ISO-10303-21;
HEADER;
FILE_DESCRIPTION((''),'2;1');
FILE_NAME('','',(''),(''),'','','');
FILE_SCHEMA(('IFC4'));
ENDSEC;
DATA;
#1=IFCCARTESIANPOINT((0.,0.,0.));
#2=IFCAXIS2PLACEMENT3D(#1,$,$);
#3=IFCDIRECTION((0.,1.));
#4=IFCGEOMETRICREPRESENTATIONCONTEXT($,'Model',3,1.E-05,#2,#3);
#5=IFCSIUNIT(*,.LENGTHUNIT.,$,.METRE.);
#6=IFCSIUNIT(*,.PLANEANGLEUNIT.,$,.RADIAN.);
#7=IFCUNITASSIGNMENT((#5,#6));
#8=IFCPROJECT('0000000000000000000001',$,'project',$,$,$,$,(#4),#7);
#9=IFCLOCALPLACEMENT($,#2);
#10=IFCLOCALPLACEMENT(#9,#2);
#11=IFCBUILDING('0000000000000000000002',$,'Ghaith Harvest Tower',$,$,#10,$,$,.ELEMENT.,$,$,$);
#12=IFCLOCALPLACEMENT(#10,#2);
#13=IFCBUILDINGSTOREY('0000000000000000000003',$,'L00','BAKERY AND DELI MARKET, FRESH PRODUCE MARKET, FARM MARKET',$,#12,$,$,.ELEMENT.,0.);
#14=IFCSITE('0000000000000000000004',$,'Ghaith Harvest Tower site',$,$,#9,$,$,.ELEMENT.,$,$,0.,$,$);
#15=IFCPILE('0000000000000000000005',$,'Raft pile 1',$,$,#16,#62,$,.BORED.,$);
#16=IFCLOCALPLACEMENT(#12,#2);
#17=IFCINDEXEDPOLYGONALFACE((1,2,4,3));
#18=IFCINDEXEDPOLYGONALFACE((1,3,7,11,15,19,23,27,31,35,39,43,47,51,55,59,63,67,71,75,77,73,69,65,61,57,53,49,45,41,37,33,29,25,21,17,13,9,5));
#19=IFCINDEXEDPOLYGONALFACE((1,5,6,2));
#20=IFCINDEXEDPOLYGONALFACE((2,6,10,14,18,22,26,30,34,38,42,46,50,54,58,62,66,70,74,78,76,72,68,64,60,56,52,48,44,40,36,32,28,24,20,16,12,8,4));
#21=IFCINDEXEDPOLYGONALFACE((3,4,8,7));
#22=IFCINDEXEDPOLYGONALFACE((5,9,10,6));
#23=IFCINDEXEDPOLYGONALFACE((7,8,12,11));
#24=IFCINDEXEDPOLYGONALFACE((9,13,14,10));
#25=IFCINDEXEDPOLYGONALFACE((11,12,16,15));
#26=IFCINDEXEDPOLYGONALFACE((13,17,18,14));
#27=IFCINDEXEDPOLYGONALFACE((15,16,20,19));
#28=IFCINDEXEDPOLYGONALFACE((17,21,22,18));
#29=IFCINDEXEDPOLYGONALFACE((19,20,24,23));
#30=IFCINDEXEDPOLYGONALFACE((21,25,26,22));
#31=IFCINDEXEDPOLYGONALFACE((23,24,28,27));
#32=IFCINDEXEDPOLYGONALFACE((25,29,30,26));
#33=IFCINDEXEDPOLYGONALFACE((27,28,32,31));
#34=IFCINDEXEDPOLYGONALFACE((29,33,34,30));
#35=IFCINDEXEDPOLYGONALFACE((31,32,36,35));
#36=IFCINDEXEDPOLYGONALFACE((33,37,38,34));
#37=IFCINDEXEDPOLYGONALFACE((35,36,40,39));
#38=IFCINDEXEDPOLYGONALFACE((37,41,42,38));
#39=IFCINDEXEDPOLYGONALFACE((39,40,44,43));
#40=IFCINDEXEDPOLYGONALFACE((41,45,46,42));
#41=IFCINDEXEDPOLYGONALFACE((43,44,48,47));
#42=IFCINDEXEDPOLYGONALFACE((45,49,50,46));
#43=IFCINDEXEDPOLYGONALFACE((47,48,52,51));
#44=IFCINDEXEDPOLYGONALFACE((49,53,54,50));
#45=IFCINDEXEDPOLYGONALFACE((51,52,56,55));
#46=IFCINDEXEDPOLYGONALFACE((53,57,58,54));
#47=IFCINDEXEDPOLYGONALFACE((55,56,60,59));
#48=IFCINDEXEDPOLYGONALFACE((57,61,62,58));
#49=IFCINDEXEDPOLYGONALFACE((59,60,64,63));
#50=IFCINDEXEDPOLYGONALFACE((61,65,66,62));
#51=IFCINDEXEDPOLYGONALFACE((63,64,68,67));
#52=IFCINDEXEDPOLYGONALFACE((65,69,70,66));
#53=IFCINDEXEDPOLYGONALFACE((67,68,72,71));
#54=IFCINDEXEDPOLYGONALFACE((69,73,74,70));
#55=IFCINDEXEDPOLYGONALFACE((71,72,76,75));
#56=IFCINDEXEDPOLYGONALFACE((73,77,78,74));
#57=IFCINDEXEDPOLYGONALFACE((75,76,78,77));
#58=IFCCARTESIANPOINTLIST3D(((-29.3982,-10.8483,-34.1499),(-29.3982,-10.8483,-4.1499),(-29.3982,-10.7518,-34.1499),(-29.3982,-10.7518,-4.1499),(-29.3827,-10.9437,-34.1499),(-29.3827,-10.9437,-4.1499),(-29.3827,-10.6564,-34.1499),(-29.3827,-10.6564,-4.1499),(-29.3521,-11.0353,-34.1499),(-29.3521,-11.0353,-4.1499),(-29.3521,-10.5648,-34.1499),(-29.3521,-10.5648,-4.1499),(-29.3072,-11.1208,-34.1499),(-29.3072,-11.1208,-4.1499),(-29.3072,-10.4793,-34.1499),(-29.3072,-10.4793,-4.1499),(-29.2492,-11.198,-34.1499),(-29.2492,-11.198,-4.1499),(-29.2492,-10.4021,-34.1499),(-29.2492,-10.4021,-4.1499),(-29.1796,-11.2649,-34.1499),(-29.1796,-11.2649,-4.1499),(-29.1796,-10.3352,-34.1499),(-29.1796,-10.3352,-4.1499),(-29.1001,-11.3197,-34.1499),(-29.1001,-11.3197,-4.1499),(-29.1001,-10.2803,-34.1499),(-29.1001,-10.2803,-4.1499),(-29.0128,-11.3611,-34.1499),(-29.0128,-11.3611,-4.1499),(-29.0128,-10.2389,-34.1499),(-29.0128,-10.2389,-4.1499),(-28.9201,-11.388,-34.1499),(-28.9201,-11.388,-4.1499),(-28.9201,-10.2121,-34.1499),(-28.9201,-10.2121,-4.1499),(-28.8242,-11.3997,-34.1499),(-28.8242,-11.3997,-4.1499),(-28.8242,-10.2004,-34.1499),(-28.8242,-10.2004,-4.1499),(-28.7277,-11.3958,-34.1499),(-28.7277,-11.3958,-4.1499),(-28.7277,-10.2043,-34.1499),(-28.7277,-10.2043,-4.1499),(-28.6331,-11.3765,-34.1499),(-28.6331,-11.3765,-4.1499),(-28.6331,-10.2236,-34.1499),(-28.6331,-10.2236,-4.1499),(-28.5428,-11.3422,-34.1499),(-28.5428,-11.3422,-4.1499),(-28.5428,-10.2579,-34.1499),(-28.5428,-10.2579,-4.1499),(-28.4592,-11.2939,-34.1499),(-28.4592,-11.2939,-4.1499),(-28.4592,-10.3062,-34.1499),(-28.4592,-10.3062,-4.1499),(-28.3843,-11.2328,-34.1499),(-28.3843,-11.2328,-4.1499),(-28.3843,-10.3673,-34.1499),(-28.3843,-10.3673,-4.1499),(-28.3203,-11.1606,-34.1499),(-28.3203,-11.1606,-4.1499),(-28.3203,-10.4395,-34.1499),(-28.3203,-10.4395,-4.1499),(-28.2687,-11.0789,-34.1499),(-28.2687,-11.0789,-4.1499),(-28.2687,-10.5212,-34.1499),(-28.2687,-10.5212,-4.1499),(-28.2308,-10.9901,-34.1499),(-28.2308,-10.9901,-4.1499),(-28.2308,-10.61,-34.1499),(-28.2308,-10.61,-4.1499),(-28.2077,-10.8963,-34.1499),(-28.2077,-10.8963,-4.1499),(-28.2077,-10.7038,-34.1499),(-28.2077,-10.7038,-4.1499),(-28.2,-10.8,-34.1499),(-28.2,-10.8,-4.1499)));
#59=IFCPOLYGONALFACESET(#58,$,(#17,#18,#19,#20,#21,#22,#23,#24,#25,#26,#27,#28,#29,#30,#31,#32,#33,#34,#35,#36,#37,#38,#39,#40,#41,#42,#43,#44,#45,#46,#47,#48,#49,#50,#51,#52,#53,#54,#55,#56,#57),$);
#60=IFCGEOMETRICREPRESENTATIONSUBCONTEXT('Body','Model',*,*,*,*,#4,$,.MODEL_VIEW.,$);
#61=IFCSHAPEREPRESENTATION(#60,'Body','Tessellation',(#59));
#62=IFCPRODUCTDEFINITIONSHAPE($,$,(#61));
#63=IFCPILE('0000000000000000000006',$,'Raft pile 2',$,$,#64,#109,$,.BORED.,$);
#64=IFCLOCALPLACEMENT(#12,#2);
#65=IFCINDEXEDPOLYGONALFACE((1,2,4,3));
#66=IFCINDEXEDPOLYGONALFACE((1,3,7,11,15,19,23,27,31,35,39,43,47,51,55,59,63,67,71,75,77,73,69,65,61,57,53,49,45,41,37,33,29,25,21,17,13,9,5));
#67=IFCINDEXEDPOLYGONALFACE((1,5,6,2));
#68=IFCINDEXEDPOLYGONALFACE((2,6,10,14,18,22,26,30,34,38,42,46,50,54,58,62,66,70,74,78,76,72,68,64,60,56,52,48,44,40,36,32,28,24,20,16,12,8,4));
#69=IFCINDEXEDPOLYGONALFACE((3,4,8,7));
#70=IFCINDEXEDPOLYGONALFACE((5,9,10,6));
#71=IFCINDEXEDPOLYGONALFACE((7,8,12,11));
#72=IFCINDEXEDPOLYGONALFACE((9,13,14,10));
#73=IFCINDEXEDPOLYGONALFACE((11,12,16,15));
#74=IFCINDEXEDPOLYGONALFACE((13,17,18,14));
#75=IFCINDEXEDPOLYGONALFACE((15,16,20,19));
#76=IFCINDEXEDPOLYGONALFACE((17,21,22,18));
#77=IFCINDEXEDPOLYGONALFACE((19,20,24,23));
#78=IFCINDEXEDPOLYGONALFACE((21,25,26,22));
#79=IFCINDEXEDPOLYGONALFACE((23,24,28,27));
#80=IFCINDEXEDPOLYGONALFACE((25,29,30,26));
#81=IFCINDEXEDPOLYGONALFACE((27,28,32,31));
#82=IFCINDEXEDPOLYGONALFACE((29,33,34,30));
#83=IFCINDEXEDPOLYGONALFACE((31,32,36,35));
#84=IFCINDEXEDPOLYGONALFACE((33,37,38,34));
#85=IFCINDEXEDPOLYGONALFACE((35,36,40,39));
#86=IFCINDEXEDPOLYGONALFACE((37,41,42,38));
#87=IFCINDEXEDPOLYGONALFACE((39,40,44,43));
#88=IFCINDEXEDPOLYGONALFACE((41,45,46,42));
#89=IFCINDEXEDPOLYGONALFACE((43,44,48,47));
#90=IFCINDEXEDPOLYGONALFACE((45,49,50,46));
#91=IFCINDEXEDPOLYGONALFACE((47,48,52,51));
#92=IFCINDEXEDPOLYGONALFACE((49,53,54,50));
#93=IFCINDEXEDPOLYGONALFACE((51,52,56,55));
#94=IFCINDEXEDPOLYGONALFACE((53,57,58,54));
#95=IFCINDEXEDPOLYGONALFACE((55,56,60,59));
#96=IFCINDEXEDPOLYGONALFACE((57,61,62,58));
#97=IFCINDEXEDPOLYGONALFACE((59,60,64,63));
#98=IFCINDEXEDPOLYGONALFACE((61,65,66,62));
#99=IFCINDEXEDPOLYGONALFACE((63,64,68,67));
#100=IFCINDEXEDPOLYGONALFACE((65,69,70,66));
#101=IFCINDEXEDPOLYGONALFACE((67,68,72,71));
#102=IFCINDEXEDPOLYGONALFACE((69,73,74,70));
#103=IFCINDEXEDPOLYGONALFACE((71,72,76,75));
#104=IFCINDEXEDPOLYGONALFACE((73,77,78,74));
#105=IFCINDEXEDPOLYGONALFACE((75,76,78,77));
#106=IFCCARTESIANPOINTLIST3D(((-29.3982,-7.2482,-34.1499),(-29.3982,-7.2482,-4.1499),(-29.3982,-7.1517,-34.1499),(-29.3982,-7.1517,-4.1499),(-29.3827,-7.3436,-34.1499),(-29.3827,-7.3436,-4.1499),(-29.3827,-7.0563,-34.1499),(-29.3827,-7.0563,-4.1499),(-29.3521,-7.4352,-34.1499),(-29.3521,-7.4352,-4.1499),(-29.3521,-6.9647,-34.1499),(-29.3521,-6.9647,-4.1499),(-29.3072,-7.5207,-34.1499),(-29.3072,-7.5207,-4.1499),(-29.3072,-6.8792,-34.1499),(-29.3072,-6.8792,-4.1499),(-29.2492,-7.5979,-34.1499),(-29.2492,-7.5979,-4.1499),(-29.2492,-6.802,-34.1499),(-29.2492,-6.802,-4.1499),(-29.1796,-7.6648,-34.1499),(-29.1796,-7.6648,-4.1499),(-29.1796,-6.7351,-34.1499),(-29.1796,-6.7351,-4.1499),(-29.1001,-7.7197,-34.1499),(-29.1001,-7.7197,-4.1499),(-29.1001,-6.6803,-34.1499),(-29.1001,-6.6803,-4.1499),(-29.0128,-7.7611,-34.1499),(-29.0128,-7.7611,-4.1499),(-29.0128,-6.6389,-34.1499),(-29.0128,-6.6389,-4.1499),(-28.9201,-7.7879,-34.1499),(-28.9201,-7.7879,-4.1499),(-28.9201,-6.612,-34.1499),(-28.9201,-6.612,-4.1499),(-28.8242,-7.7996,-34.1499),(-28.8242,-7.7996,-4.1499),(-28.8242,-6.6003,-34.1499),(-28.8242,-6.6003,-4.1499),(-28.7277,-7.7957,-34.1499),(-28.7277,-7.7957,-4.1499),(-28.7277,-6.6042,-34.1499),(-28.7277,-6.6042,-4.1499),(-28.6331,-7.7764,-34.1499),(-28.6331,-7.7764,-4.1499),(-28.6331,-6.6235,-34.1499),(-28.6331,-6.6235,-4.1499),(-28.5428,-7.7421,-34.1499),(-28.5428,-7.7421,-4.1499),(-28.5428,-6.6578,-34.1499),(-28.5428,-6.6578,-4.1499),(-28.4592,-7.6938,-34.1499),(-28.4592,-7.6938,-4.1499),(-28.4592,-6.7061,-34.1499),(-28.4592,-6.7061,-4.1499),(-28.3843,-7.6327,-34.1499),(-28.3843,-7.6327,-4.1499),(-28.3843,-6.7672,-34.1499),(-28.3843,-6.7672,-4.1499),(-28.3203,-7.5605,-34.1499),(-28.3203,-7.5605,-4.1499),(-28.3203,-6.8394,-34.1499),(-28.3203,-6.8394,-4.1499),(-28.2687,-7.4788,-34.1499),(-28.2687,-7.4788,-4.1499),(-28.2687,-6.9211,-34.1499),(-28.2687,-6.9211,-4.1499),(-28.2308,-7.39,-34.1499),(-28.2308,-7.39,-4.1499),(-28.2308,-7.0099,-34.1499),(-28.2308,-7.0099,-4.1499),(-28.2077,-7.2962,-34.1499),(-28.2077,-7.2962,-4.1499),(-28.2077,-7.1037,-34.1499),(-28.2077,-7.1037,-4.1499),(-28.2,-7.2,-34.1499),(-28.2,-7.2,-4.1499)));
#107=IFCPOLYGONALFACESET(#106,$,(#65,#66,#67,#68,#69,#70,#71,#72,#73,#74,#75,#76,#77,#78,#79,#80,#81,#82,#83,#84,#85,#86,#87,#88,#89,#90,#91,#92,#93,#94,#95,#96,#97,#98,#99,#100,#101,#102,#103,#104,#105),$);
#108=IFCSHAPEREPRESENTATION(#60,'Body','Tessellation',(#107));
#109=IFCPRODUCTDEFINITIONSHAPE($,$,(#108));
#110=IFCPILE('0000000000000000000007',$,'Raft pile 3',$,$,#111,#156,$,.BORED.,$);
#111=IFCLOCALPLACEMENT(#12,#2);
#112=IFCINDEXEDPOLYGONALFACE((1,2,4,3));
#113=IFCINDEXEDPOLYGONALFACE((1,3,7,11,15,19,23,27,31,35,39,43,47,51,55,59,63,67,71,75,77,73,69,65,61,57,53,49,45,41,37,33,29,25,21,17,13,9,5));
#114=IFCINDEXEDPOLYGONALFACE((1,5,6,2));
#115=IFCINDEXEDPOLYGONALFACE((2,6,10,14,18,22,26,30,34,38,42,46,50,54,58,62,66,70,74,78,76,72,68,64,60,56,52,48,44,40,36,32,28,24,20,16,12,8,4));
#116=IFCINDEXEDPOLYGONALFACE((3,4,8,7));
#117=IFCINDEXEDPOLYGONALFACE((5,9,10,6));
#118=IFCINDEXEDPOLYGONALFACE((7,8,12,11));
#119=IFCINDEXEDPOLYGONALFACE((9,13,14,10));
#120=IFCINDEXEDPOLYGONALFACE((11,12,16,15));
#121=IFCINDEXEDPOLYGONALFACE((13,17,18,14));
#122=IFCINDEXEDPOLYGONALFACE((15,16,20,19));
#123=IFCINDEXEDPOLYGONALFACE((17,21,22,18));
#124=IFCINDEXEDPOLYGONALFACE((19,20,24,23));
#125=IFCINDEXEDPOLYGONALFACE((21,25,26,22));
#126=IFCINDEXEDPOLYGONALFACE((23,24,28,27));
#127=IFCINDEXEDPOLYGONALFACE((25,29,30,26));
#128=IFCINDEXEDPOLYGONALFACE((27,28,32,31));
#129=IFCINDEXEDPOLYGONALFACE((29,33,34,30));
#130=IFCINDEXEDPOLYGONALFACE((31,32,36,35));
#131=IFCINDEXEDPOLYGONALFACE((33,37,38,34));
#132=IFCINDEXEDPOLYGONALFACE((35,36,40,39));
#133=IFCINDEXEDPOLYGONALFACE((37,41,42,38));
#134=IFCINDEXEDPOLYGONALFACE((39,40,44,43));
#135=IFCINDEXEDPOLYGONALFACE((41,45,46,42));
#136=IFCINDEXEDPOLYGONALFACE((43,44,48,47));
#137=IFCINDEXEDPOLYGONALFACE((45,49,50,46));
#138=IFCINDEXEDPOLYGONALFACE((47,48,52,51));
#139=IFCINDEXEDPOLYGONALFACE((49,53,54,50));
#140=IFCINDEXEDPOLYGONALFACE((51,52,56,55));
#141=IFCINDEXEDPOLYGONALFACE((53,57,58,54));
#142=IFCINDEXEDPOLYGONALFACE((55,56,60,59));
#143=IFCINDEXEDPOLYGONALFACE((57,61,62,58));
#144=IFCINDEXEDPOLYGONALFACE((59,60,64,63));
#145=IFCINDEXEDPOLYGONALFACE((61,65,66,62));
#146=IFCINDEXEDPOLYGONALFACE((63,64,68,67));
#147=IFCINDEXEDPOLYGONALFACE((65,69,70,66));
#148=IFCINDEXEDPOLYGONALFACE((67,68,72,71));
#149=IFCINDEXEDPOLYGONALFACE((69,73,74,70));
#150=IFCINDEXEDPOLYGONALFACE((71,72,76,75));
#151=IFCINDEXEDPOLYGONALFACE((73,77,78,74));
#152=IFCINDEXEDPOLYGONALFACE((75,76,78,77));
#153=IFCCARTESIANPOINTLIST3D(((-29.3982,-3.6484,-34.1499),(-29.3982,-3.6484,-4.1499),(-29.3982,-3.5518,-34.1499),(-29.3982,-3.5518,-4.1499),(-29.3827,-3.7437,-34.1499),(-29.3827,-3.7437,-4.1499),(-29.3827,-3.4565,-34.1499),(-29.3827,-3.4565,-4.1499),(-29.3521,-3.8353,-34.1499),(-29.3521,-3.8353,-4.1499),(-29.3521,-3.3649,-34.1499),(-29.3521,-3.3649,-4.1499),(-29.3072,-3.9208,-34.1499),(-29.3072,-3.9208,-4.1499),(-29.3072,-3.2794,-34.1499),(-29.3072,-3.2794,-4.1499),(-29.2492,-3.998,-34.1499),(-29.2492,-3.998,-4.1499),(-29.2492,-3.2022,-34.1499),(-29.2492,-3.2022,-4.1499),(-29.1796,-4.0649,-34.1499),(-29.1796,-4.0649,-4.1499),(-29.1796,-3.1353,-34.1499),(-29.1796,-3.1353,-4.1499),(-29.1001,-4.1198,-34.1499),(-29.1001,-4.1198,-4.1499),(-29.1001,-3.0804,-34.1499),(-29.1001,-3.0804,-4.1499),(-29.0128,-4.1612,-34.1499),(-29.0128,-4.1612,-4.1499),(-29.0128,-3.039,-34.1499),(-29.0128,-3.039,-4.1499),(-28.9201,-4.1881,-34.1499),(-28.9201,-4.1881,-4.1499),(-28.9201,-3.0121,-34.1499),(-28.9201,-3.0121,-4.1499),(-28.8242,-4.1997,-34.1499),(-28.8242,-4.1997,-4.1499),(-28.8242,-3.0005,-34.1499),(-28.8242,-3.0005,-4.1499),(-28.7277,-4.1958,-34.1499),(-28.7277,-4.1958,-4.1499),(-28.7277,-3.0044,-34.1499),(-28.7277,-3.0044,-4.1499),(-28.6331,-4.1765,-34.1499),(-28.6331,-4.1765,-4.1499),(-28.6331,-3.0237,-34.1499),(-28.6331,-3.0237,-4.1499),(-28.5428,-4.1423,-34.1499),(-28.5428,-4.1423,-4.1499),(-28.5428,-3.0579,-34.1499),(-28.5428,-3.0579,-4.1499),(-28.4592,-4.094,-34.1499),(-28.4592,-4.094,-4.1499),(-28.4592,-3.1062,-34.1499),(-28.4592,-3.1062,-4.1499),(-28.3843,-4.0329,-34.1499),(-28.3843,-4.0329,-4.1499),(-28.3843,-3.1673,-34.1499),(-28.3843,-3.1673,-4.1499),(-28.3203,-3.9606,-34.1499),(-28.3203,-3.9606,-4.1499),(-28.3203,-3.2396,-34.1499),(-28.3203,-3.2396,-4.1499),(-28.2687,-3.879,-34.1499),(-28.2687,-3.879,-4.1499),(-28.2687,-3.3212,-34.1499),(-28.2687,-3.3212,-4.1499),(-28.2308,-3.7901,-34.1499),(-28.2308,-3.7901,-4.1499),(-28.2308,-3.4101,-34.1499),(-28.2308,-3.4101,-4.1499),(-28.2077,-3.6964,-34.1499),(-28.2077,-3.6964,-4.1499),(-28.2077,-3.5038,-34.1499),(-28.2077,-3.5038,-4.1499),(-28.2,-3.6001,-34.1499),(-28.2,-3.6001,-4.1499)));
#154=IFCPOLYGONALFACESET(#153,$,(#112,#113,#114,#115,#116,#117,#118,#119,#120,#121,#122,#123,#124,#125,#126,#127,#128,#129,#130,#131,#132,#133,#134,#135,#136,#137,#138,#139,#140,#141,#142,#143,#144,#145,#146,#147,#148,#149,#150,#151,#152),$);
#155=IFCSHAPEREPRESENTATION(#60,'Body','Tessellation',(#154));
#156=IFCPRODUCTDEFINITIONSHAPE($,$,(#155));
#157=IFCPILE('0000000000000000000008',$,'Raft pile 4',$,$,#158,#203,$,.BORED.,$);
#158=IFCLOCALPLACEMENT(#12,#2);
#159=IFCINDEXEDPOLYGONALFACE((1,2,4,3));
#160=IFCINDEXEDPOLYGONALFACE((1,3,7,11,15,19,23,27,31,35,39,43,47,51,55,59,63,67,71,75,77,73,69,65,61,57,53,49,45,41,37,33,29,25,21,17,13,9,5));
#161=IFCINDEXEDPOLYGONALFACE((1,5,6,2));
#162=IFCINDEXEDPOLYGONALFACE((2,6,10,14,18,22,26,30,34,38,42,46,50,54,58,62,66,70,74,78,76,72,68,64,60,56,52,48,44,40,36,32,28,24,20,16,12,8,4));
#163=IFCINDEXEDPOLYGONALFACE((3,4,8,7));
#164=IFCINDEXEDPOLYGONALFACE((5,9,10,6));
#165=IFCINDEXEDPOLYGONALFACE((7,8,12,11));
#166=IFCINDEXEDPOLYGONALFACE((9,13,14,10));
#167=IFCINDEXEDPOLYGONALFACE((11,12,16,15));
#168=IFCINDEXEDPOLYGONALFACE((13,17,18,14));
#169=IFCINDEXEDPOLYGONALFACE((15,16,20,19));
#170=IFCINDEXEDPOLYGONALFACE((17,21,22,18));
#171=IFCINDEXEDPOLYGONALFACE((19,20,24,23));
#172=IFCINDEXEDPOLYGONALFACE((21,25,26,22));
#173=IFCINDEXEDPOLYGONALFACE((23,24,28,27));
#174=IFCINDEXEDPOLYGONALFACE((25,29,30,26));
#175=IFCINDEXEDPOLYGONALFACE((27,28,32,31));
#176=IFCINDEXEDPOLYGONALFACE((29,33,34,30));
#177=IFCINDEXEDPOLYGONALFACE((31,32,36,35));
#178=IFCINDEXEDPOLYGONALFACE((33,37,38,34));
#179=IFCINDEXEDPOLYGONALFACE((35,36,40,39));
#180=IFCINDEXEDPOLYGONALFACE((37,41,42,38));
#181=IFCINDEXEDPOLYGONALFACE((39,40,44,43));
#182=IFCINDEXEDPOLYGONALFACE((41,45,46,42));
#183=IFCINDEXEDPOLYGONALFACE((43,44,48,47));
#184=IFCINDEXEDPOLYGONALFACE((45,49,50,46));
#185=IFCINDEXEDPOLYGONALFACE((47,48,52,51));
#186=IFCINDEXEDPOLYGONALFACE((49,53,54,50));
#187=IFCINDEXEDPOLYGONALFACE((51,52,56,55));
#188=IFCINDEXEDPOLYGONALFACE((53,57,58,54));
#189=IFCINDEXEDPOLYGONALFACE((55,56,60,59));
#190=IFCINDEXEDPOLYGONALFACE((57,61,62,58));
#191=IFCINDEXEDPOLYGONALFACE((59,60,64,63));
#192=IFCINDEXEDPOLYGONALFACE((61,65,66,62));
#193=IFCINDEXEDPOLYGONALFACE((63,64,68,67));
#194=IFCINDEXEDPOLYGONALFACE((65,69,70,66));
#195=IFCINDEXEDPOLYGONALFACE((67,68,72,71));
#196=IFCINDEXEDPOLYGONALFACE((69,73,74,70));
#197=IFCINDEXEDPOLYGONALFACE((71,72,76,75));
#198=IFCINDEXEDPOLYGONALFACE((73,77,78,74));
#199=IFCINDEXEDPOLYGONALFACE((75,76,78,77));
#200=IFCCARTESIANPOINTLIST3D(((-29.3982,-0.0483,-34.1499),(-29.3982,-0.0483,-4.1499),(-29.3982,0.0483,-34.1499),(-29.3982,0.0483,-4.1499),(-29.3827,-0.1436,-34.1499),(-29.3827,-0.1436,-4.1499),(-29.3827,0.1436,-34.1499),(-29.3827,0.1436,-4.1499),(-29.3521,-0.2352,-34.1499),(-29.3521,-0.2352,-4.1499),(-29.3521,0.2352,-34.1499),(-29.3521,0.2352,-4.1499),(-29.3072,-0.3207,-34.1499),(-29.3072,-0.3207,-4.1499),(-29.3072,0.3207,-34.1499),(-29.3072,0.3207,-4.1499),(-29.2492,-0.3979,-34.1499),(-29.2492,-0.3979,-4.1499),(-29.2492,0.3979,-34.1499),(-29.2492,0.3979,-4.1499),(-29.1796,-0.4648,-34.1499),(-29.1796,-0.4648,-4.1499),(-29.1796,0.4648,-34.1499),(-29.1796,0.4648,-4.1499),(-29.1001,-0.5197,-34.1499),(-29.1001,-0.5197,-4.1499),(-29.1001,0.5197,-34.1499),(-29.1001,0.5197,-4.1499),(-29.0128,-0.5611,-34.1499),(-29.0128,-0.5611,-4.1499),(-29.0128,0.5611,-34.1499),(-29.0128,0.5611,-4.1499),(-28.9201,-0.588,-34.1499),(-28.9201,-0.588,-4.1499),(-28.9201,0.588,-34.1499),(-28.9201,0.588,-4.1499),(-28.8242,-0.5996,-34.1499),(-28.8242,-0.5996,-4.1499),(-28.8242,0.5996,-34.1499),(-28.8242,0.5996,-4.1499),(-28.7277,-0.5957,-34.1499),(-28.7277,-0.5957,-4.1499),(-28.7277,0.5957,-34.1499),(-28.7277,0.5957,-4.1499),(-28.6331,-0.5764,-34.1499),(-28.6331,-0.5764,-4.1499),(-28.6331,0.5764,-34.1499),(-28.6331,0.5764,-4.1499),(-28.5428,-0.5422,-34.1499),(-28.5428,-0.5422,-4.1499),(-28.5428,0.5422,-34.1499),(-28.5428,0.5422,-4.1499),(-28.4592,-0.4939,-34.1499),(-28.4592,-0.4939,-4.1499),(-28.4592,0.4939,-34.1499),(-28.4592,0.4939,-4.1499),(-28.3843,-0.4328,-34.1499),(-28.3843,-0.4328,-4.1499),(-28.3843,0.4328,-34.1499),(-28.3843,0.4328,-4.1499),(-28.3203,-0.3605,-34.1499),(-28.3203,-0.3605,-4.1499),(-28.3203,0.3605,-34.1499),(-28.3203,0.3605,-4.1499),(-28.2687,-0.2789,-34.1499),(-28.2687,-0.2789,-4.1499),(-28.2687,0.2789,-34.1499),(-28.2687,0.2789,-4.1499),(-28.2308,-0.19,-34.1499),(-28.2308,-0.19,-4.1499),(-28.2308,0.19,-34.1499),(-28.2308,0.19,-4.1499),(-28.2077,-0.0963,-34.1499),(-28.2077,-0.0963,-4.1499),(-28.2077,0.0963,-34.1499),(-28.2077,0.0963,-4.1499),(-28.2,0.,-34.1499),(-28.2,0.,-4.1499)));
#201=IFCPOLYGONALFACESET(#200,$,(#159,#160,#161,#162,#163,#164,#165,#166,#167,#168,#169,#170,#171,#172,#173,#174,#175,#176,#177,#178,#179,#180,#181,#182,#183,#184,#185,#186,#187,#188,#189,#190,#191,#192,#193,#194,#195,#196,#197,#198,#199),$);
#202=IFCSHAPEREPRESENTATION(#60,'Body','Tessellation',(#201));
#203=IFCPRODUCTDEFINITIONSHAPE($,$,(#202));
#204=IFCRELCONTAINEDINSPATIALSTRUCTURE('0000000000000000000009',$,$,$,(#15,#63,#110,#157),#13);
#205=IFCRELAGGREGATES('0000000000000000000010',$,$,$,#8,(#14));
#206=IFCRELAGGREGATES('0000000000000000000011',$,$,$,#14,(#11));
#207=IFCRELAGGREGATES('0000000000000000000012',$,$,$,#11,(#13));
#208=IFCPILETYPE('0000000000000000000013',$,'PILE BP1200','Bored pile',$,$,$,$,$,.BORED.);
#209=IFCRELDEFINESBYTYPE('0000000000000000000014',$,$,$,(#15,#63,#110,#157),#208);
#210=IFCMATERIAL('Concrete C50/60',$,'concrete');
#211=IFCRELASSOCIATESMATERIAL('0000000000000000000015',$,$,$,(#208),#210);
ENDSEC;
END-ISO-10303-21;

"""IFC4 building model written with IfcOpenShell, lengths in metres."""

from ifc_helpers import new_model, si_unit, direction, frame, origin, origin_2d, place, context, subcontext, project, spatial, circle, extrude, material, material_profile, profile_set, type_object, element, save


model = new_model("IFC4")

# Units and contexts
model_context = context("Model", 3, precision=1e-05, world=origin(), true_north=direction((0.0, 1.0)))
body_context = subcontext(model_context, "Body", "Model", "MODEL_VIEW")
ifc_project = project(units=[si_unit("LENGTHUNIT", "METRE"), si_unit("PLANEANGLEUNIT", "RADIAN")], contexts=[model_context])

# Site, building, storey
site_placement = place(None, origin())
site = spatial("IfcSite", under=ifc_project, at=site_placement, Name="Ghaith Harvest Tower site", CompositionType="ELEMENT", RefElevation=0.0)
building_placement = place(site_placement, origin())
building = spatial("IfcBuilding", under=site, at=building_placement, Name="Ghaith Harvest Tower", CompositionType="ELEMENT")
storey_placement = place(building_placement, origin())
storey = spatial("IfcBuildingStorey", under=building, at=storey_placement, Name="L00", Description="BAKERY AND DELI MARKET, FRESH PRODUCE MARKET, FARM MARKET", CompositionType="ELEMENT", Elevation=0.0)

# Piles
ifc_material_1 = material(Name="Concrete C50/60", Category="concrete")
ifc_material_profile_1 = material_profile(ifc_material_1, circle(Radius=0.6001, at=origin_2d()), Name="PILE1200")
ifc_profile_set_1 = profile_set([ifc_material_profile_1], Name="Concrete C50/60")
pile_type = type_object("IfcPileType", Name="PILE BP1200", Description="Bored pile", PredefinedType="BORED", material=ifc_profile_set_1)
for number, where, z_axis, x_axis, name in (
    (1, (-28.8, -10.8, -4.1499), (0.0, 0.0, -1.0), (1.0, 0.0, 0.0), "Raft pile 1"),
    (2, (-28.8, -7.2, -4.1499), (0.0, 0.0, -1.0), (1.0, 0.0, 0.0), "Raft pile 2"),
    (3, (-28.8, -3.6001, -4.1499), (0.0, 0.0, -1.0), (1.0, 0.0, 0.0), "Raft pile 3"),
    (4, (-28.8, 0.0, -4.1499), (0.0, 0.0, -1.0), (1.0, 0.0, 0.0), "Raft pile 4"),
):
    element("IfcPile", number, at=place(storey_placement, frame(where, z_axis=z_axis, x_axis=x_axis)), inside=storey, type_object=pile_type, Name=name, PredefinedType="BORED", context=body_context, shape_type="SweptSolid", body=[
        extrude(circle(Radius=0.6001, at=origin_2d()), origin(), (0.0, 0.0, 1.0), 30.0),
    ])

save(model, "model.ifc")
